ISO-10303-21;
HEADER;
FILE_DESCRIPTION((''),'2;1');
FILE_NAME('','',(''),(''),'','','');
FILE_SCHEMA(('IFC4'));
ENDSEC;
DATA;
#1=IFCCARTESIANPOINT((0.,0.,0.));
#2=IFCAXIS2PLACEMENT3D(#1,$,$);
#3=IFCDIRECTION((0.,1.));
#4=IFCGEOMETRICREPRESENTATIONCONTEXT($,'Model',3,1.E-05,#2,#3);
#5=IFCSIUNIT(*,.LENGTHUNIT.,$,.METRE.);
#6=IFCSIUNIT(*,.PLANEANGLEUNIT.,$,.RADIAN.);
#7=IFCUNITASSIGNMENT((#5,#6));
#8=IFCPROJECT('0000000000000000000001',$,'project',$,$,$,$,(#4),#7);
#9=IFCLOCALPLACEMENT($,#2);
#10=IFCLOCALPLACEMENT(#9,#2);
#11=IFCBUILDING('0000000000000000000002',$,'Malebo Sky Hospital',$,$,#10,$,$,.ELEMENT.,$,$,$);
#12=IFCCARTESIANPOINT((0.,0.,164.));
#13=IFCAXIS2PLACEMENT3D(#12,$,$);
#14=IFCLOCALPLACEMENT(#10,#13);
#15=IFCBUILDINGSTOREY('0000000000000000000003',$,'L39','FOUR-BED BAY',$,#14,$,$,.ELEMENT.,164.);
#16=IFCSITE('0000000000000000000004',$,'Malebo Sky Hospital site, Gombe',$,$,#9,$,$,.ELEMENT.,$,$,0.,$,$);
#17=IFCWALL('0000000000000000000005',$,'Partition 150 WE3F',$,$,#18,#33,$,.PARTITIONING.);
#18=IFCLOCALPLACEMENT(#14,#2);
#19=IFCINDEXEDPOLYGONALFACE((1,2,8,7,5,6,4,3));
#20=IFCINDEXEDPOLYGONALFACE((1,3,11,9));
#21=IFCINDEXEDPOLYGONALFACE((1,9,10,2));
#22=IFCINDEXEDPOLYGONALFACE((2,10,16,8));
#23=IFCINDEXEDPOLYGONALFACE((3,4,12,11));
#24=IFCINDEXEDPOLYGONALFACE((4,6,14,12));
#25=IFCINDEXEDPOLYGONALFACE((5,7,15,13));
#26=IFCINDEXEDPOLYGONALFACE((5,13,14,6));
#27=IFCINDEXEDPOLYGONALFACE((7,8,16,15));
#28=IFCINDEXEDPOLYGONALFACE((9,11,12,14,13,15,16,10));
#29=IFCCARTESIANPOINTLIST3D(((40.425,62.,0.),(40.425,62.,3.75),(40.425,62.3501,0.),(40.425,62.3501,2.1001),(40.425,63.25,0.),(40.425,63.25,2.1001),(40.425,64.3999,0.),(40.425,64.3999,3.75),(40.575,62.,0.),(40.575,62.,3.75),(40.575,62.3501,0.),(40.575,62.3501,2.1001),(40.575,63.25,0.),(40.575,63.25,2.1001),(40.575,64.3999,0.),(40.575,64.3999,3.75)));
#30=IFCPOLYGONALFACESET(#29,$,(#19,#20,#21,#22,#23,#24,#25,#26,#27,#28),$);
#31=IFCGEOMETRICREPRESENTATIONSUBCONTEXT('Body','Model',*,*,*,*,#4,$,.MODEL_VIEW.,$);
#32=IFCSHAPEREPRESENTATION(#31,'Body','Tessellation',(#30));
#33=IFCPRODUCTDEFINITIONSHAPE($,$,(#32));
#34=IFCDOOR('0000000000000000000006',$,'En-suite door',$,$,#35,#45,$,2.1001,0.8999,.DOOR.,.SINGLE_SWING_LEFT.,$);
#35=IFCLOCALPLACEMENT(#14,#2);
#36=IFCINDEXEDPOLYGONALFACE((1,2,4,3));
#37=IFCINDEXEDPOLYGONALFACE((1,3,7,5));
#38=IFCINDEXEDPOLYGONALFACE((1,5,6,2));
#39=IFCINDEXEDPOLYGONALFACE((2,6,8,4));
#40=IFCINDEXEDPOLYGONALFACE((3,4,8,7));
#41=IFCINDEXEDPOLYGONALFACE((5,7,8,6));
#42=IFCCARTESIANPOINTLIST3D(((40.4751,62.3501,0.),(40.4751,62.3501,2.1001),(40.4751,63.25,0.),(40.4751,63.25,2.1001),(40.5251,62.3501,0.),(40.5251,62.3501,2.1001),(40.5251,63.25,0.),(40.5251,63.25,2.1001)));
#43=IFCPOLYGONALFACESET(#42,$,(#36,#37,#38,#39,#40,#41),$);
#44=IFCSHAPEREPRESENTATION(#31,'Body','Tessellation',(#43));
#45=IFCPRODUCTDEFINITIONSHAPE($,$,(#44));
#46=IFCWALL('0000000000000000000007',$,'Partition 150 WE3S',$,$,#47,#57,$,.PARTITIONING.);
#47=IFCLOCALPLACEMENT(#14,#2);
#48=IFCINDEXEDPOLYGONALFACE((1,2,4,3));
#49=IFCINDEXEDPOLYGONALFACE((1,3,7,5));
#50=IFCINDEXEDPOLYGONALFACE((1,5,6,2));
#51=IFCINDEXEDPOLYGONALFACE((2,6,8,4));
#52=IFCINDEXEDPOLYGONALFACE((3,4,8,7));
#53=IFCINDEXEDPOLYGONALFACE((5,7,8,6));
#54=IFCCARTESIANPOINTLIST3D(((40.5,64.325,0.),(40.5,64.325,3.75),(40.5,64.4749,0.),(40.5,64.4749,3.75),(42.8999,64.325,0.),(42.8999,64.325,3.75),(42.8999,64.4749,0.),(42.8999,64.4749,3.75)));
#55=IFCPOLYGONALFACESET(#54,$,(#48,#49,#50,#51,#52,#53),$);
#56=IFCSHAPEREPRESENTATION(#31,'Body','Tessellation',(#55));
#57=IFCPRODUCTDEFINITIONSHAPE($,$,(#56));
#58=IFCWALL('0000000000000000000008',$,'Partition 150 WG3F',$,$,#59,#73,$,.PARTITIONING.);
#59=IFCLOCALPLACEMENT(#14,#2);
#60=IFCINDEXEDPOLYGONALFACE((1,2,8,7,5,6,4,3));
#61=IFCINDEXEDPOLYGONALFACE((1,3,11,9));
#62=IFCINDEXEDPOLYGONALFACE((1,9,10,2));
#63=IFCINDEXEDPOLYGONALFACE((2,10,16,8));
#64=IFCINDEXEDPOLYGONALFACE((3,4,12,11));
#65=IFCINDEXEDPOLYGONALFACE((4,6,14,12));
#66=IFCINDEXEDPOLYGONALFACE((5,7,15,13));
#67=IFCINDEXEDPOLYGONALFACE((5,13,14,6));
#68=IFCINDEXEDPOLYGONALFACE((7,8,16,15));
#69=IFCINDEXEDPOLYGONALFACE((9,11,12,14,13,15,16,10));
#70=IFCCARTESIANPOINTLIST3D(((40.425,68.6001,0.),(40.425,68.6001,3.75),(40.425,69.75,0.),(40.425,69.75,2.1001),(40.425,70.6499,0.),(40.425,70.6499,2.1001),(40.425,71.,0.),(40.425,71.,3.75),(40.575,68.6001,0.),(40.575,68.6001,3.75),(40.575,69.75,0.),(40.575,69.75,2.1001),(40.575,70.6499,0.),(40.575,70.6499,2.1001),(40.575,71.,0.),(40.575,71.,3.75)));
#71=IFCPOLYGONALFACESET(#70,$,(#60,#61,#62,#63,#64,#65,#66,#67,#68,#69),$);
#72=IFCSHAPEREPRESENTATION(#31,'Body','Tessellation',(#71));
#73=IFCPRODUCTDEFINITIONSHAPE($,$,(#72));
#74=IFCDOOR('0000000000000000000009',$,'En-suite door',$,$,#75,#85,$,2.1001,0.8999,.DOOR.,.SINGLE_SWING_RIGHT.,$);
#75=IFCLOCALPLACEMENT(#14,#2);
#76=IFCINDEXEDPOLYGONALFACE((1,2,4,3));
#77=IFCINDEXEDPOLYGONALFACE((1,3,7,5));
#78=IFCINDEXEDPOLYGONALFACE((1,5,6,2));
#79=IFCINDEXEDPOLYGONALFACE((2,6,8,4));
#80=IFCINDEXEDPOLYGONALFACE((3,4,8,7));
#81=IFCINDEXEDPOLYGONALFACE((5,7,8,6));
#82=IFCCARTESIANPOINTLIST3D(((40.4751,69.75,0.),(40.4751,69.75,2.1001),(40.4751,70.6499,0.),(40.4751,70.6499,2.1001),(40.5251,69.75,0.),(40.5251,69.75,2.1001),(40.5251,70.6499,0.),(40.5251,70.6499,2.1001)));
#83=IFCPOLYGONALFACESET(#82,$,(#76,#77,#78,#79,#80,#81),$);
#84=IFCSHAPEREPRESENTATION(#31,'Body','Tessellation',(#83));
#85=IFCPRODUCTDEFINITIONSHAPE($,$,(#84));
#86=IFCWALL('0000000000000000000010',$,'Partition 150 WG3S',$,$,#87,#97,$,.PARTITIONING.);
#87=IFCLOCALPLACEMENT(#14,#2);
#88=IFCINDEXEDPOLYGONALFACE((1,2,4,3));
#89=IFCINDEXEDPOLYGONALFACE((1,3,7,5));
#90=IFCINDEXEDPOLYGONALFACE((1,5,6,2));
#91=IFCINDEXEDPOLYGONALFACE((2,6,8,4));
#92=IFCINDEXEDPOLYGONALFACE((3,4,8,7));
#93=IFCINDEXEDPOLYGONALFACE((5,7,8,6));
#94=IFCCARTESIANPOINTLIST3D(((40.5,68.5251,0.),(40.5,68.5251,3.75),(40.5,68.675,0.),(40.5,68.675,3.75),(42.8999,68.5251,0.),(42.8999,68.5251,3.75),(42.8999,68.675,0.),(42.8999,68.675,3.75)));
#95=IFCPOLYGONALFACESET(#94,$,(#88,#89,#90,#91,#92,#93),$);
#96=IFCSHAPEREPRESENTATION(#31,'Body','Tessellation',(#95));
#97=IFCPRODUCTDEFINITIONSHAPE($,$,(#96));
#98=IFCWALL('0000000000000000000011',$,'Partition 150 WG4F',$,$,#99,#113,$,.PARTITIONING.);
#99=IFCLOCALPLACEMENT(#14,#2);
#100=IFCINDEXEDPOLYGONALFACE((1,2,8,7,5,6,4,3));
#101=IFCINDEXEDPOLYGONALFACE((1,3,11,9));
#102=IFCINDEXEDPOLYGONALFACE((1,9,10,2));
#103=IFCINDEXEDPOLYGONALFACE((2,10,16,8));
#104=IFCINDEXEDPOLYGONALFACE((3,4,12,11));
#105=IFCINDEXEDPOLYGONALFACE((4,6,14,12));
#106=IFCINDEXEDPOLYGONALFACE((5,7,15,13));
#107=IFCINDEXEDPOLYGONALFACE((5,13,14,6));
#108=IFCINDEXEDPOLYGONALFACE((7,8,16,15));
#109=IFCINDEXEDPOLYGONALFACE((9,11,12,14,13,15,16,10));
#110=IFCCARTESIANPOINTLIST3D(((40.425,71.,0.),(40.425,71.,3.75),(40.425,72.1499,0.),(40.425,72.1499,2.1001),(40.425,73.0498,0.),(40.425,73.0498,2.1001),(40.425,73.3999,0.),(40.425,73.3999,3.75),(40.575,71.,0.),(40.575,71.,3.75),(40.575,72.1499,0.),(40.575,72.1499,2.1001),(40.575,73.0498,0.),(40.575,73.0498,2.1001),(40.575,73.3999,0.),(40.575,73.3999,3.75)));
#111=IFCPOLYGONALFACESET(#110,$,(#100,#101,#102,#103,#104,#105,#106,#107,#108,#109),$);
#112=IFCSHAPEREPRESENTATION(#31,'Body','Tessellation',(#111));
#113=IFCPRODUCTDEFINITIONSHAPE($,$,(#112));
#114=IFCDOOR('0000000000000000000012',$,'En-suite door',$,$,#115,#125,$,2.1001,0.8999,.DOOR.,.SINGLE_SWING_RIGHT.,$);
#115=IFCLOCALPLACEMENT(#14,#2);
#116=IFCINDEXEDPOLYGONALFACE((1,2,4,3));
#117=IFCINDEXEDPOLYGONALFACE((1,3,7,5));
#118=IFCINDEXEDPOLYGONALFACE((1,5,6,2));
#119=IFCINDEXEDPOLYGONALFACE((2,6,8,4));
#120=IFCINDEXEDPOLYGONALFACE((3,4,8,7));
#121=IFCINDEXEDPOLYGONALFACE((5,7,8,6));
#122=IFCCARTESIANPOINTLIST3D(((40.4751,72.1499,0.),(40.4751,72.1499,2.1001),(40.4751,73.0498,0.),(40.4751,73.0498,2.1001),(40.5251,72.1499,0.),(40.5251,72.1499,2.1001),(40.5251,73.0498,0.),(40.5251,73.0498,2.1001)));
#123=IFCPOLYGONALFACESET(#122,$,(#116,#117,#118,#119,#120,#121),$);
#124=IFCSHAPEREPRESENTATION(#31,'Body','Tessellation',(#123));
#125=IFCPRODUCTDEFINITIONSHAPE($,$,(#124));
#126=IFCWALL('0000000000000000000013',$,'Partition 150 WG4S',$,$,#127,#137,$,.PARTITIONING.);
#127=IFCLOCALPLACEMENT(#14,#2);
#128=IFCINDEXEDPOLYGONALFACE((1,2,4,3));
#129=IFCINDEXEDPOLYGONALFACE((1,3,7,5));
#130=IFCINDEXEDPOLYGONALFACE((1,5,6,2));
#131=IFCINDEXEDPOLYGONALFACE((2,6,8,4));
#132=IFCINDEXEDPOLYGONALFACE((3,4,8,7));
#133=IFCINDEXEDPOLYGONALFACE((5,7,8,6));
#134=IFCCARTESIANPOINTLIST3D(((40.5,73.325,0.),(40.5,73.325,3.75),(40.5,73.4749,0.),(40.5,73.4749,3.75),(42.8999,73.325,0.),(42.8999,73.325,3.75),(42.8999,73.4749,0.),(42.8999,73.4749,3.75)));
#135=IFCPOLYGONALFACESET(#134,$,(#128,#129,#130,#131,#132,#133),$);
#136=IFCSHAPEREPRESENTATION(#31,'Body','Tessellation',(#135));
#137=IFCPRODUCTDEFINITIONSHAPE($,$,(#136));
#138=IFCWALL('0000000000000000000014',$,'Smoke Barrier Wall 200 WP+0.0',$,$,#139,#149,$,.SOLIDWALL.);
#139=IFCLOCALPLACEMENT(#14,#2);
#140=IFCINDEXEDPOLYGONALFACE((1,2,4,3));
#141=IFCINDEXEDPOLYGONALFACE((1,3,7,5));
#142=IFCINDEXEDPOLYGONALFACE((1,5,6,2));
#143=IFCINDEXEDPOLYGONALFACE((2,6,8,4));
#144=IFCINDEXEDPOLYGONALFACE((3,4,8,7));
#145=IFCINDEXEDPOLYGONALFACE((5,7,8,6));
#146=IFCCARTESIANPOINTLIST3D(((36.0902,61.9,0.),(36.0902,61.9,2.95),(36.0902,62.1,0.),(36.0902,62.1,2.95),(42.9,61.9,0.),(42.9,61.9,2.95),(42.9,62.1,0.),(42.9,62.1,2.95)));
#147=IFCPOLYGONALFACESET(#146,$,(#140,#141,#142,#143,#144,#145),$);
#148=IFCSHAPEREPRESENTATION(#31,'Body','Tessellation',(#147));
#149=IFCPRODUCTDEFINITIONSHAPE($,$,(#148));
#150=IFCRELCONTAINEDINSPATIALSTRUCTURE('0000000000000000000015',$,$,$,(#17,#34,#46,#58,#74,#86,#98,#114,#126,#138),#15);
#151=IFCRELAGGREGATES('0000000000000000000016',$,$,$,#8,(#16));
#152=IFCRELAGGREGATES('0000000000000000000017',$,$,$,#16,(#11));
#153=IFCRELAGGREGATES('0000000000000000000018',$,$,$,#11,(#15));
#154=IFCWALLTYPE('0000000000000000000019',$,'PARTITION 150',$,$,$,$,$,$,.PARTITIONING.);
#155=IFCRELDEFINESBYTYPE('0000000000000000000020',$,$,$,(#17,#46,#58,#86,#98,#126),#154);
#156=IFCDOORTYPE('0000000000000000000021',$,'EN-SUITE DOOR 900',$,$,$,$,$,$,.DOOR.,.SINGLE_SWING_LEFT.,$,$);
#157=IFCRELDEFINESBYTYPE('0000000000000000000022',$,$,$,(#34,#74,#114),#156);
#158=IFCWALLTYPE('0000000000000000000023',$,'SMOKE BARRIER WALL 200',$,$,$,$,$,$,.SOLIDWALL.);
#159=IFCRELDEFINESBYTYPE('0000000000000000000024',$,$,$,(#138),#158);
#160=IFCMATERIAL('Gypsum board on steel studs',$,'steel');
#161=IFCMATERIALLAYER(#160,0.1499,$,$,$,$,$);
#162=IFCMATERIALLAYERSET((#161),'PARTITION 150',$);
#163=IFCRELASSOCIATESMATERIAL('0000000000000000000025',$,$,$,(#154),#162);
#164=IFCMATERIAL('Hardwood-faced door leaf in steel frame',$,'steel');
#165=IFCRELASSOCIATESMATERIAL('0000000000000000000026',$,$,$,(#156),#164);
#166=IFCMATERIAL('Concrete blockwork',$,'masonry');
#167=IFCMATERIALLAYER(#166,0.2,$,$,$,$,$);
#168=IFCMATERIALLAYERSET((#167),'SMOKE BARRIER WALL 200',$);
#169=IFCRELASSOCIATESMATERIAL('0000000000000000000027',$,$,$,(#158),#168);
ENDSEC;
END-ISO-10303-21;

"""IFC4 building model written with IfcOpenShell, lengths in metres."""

from ifc_helpers import new_model, si_unit, direction, frame, frame_2d, origin, place, context, subcontext, project, spatial, rectangle, extrude, material, layer, layer_set, type_object, element, fill, save


model = new_model("IFC4")

# Units and contexts
model_context = context("Model", 3, precision=1e-05, world=origin(), true_north=direction((0.0, 1.0)))
body_context = subcontext(model_context, "Body", "Model", "MODEL_VIEW")
ifc_project = project(units=[si_unit("LENGTHUNIT", "METRE"), si_unit("PLANEANGLEUNIT", "RADIAN")], contexts=[model_context])

# Site, building, storey
site_placement = place(None, origin())
site = spatial("IfcSite", under=ifc_project, at=site_placement, Name="Malebo Sky Hospital site, Gombe", CompositionType="ELEMENT", RefElevation=0.0)
building_placement = place(site_placement, origin())
building = spatial("IfcBuilding", under=site, at=building_placement, Name="Malebo Sky Hospital", CompositionType="ELEMENT")
storey_placement = place(building_placement, frame((0.0, 0.0, 164.0)))
storey = spatial("IfcBuildingStorey", under=building, at=storey_placement, Name="L39", Description="FOUR-BED BAY", CompositionType="ELEMENT", Elevation=164.0)

# Shared definitions
ifc_material_1 = material(Name="Gypsum board on steel studs", Category="steel")
ifc_layer_1 = layer(ifc_material_1, 0.1499)
ifc_layer_set_1 = layer_set([ifc_layer_1], Name="PARTITION 150")
wall_type_1 = type_object("IfcWallType", Name="PARTITION 150", PredefinedType="PARTITIONING", material=ifc_layer_set_1)

# Wall, opening, door
wall_1_placement = place(storey_placement, frame((40.5, 62.0, 0.0), z_axis=(0.0, 0.0, 1.0), x_axis=(0.0, 1.0, 0.0)))
wall_1 = element("IfcWall", 1, at=wall_1_placement, inside=storey, type_object=wall_type_1, Name="Partition 150 WE3F", PredefinedType="PARTITIONING", context=body_context, shape_type="SweptSolid", body=[
    extrude(rectangle(XDim=2.3999, YDim=0.1499, at=frame_2d((1.2, 0.0))), origin(), (0.0, 0.0, 1.0), 3.75),
])
opening_1_placement = place(wall_1_placement, frame((0.3501, 0.0, 0.0)))
opening_1 = element("IfcOpeningElement", 2, at=opening_1_placement, cuts=wall_1, PredefinedType="OPENING", context=body_context, shape_type="SweptSolid", body=[
    extrude(rectangle(XDim=0.8999, YDim=2.1001, at=frame_2d((0.45, 1.05))), frame((0.0, 0.085, 0.0), z_axis=(0.0, -1.0, 0.0), x_axis=(1.0, 0.0, 0.0)), (0.0, 0.0, 1.0), 0.1699),
])
ifc_material_2 = material(Name="Hardwood-faced door leaf in steel frame", Category="steel")
door_type = type_object("IfcDoorType", Name="EN-SUITE DOOR 900", OperationType="SINGLE_SWING_LEFT", PredefinedType="DOOR", material=ifc_material_2)
door_1_placement = place(opening_1_placement, origin())
door_1 = element("IfcDoor", 3, at=door_1_placement, inside=storey, type_object=door_type, Name="En-suite door", OperationType="SINGLE_SWING_LEFT", OverallHeight=2.1001, OverallWidth=0.8999, PredefinedType="DOOR", context=body_context, shape_type="SweptSolid", body=[
    extrude(rectangle(XDim=0.8999, YDim=2.1001, at=frame_2d((0.45, 1.05))), frame((0.0, 0.0249, 0.0), z_axis=(0.0, -1.0, 0.0), x_axis=(1.0, 0.0, 0.0)), (0.0, 0.0, 1.0), 0.05),
])
fill(opening_1, door_1)

# Wall
wall_2_placement = place(storey_placement, frame((42.8999, 64.3999, 0.0), z_axis=(0.0, 0.0, 1.0), x_axis=(-1.0, 0.0, 0.0)))
element("IfcWall", 4, at=wall_2_placement, inside=storey, type_object=wall_type_1, Name="Partition 150 WE3S", PredefinedType="PARTITIONING", context=body_context, shape_type="SweptSolid", body=[
    extrude(rectangle(XDim=2.3999, YDim=0.1499, at=frame_2d((1.2, 0.0))), origin(), (0.0, 0.0, 1.0), 3.75),
])

# Wall, opening, door
wall_3_placement = place(storey_placement, frame((40.5, 68.6001, 0.0), z_axis=(0.0, 0.0, 1.0), x_axis=(0.0, 1.0, 0.0)))
wall_3 = element("IfcWall", 5, at=wall_3_placement, inside=storey, type_object=wall_type_1, Name="Partition 150 WG3F", PredefinedType="PARTITIONING", context=body_context, shape_type="SweptSolid", body=[
    extrude(rectangle(XDim=2.3999, YDim=0.1499, at=frame_2d((1.2, 0.0))), origin(), (0.0, 0.0, 1.0), 3.75),
])
opening_2_placement = place(wall_3_placement, frame((1.1499, 0.0, 0.0)))
opening_2 = element("IfcOpeningElement", 6, at=opening_2_placement, cuts=wall_3, PredefinedType="OPENING", context=body_context, shape_type="SweptSolid", body=[
    extrude(rectangle(XDim=0.8999, YDim=2.1001, at=frame_2d((0.45, 1.05))), frame((0.0, 0.085, 0.0), z_axis=(0.0, -1.0, 0.0), x_axis=(1.0, 0.0, 0.0)), (0.0, 0.0, 1.0), 0.1699),
])
door_2_placement = place(opening_2_placement, origin())
door_2 = element("IfcDoor", 7, at=door_2_placement, inside=storey, type_object=door_type, Name="En-suite door", OperationType="SINGLE_SWING_RIGHT", OverallHeight=2.1001, OverallWidth=0.8999, PredefinedType="DOOR", context=body_context, shape_type="SweptSolid", body=[
    extrude(rectangle(XDim=0.8999, YDim=2.1001, at=frame_2d((0.45, 1.05))), frame((0.0, 0.0249, 0.0), z_axis=(0.0, -1.0, 0.0), x_axis=(1.0, 0.0, 0.0)), (0.0, 0.0, 1.0), 0.05),
])
fill(opening_2, door_2)

# Wall
wall_4_placement = place(storey_placement, frame((42.8999, 68.6001, 0.0), z_axis=(0.0, 0.0, 1.0), x_axis=(-1.0, 0.0, 0.0)))
element("IfcWall", 8, at=wall_4_placement, inside=storey, type_object=wall_type_1, Name="Partition 150 WG3S", PredefinedType="PARTITIONING", context=body_context, shape_type="SweptSolid", body=[
    extrude(rectangle(XDim=2.3999, YDim=0.1499, at=frame_2d((1.2, 0.0))), origin(), (0.0, 0.0, 1.0), 3.75),
])

# Wall, opening, door
wall_5_placement = place(storey_placement, frame((40.5, 71.0, 0.0), z_axis=(0.0, 0.0, 1.0), x_axis=(0.0, 1.0, 0.0)))
wall_5 = element("IfcWall", 9, at=wall_5_placement, inside=storey, type_object=wall_type_1, Name="Partition 150 WG4F", PredefinedType="PARTITIONING", context=body_context, shape_type="SweptSolid", body=[
    extrude(rectangle(XDim=2.3999, YDim=0.1499, at=frame_2d((1.2, 0.0))), origin(), (0.0, 0.0, 1.0), 3.75),
])
opening_3_placement = place(wall_5_placement, frame((1.1499, 0.0, 0.0)))
opening_3 = element("IfcOpeningElement", 10, at=opening_3_placement, cuts=wall_5, PredefinedType="OPENING", context=body_context, shape_type="SweptSolid", body=[
    extrude(rectangle(XDim=0.8999, YDim=2.1001, at=frame_2d((0.45, 1.05))), frame((0.0, 0.085, 0.0), z_axis=(0.0, -1.0, 0.0), x_axis=(1.0, 0.0, 0.0)), (0.0, 0.0, 1.0), 0.1699),
])
door_3_placement = place(opening_3_placement, origin())
door_3 = element("IfcDoor", 11, at=door_3_placement, inside=storey, type_object=door_type, Name="En-suite door", OperationType="SINGLE_SWING_RIGHT", OverallHeight=2.1001, OverallWidth=0.8999, PredefinedType="DOOR", context=body_context, shape_type="SweptSolid", body=[
    extrude(rectangle(XDim=0.8999, YDim=2.1001, at=frame_2d((0.45, 1.05))), frame((0.0, 0.0249, 0.0), z_axis=(0.0, -1.0, 0.0), x_axis=(1.0, 0.0, 0.0)), (0.0, 0.0, 1.0), 0.05),
])
fill(opening_3, door_3)

# Walls
wall_6_placement = place(storey_placement, frame((42.8999, 73.3999, 0.0), z_axis=(0.0, 0.0, 1.0), x_axis=(-1.0, 0.0, 0.0)))
element("IfcWall", 12, at=wall_6_placement, inside=storey, type_object=wall_type_1, Name="Partition 150 WG4S", PredefinedType="PARTITIONING", context=body_context, shape_type="SweptSolid", body=[
    extrude(rectangle(XDim=2.3999, YDim=0.1499, at=frame_2d((1.2, 0.0))), origin(), (0.0, 0.0, 1.0), 3.75),
])
ifc_material_3 = material(Name="Concrete blockwork", Category="masonry")
ifc_layer_2 = layer(ifc_material_3, 0.2)
ifc_layer_set_2 = layer_set([ifc_layer_2], Name="SMOKE BARRIER WALL 200")
wall_type_2 = type_object("IfcWallType", Name="SMOKE BARRIER WALL 200", PredefinedType="SOLIDWALL", material=ifc_layer_set_2)
wall_7_placement = place(storey_placement, frame((42.8999, 62.0, 0.0), z_axis=(0.0, 0.0, 1.0), x_axis=(-1.0, 0.0, 0.0)))
element("IfcWall", 13, at=wall_7_placement, inside=storey, type_object=wall_type_2, Name="Smoke Barrier Wall 200 WP+0.0", PredefinedType="SOLIDWALL", context=body_context, shape_type="SweptSolid", body=[
    extrude(rectangle(XDim=6.8098, YDim=0.2, at=frame_2d((3.4048, 0.0))), origin(), (0.0, 0.0, 1.0), 2.95),
])

save(model, "model.ifc")
